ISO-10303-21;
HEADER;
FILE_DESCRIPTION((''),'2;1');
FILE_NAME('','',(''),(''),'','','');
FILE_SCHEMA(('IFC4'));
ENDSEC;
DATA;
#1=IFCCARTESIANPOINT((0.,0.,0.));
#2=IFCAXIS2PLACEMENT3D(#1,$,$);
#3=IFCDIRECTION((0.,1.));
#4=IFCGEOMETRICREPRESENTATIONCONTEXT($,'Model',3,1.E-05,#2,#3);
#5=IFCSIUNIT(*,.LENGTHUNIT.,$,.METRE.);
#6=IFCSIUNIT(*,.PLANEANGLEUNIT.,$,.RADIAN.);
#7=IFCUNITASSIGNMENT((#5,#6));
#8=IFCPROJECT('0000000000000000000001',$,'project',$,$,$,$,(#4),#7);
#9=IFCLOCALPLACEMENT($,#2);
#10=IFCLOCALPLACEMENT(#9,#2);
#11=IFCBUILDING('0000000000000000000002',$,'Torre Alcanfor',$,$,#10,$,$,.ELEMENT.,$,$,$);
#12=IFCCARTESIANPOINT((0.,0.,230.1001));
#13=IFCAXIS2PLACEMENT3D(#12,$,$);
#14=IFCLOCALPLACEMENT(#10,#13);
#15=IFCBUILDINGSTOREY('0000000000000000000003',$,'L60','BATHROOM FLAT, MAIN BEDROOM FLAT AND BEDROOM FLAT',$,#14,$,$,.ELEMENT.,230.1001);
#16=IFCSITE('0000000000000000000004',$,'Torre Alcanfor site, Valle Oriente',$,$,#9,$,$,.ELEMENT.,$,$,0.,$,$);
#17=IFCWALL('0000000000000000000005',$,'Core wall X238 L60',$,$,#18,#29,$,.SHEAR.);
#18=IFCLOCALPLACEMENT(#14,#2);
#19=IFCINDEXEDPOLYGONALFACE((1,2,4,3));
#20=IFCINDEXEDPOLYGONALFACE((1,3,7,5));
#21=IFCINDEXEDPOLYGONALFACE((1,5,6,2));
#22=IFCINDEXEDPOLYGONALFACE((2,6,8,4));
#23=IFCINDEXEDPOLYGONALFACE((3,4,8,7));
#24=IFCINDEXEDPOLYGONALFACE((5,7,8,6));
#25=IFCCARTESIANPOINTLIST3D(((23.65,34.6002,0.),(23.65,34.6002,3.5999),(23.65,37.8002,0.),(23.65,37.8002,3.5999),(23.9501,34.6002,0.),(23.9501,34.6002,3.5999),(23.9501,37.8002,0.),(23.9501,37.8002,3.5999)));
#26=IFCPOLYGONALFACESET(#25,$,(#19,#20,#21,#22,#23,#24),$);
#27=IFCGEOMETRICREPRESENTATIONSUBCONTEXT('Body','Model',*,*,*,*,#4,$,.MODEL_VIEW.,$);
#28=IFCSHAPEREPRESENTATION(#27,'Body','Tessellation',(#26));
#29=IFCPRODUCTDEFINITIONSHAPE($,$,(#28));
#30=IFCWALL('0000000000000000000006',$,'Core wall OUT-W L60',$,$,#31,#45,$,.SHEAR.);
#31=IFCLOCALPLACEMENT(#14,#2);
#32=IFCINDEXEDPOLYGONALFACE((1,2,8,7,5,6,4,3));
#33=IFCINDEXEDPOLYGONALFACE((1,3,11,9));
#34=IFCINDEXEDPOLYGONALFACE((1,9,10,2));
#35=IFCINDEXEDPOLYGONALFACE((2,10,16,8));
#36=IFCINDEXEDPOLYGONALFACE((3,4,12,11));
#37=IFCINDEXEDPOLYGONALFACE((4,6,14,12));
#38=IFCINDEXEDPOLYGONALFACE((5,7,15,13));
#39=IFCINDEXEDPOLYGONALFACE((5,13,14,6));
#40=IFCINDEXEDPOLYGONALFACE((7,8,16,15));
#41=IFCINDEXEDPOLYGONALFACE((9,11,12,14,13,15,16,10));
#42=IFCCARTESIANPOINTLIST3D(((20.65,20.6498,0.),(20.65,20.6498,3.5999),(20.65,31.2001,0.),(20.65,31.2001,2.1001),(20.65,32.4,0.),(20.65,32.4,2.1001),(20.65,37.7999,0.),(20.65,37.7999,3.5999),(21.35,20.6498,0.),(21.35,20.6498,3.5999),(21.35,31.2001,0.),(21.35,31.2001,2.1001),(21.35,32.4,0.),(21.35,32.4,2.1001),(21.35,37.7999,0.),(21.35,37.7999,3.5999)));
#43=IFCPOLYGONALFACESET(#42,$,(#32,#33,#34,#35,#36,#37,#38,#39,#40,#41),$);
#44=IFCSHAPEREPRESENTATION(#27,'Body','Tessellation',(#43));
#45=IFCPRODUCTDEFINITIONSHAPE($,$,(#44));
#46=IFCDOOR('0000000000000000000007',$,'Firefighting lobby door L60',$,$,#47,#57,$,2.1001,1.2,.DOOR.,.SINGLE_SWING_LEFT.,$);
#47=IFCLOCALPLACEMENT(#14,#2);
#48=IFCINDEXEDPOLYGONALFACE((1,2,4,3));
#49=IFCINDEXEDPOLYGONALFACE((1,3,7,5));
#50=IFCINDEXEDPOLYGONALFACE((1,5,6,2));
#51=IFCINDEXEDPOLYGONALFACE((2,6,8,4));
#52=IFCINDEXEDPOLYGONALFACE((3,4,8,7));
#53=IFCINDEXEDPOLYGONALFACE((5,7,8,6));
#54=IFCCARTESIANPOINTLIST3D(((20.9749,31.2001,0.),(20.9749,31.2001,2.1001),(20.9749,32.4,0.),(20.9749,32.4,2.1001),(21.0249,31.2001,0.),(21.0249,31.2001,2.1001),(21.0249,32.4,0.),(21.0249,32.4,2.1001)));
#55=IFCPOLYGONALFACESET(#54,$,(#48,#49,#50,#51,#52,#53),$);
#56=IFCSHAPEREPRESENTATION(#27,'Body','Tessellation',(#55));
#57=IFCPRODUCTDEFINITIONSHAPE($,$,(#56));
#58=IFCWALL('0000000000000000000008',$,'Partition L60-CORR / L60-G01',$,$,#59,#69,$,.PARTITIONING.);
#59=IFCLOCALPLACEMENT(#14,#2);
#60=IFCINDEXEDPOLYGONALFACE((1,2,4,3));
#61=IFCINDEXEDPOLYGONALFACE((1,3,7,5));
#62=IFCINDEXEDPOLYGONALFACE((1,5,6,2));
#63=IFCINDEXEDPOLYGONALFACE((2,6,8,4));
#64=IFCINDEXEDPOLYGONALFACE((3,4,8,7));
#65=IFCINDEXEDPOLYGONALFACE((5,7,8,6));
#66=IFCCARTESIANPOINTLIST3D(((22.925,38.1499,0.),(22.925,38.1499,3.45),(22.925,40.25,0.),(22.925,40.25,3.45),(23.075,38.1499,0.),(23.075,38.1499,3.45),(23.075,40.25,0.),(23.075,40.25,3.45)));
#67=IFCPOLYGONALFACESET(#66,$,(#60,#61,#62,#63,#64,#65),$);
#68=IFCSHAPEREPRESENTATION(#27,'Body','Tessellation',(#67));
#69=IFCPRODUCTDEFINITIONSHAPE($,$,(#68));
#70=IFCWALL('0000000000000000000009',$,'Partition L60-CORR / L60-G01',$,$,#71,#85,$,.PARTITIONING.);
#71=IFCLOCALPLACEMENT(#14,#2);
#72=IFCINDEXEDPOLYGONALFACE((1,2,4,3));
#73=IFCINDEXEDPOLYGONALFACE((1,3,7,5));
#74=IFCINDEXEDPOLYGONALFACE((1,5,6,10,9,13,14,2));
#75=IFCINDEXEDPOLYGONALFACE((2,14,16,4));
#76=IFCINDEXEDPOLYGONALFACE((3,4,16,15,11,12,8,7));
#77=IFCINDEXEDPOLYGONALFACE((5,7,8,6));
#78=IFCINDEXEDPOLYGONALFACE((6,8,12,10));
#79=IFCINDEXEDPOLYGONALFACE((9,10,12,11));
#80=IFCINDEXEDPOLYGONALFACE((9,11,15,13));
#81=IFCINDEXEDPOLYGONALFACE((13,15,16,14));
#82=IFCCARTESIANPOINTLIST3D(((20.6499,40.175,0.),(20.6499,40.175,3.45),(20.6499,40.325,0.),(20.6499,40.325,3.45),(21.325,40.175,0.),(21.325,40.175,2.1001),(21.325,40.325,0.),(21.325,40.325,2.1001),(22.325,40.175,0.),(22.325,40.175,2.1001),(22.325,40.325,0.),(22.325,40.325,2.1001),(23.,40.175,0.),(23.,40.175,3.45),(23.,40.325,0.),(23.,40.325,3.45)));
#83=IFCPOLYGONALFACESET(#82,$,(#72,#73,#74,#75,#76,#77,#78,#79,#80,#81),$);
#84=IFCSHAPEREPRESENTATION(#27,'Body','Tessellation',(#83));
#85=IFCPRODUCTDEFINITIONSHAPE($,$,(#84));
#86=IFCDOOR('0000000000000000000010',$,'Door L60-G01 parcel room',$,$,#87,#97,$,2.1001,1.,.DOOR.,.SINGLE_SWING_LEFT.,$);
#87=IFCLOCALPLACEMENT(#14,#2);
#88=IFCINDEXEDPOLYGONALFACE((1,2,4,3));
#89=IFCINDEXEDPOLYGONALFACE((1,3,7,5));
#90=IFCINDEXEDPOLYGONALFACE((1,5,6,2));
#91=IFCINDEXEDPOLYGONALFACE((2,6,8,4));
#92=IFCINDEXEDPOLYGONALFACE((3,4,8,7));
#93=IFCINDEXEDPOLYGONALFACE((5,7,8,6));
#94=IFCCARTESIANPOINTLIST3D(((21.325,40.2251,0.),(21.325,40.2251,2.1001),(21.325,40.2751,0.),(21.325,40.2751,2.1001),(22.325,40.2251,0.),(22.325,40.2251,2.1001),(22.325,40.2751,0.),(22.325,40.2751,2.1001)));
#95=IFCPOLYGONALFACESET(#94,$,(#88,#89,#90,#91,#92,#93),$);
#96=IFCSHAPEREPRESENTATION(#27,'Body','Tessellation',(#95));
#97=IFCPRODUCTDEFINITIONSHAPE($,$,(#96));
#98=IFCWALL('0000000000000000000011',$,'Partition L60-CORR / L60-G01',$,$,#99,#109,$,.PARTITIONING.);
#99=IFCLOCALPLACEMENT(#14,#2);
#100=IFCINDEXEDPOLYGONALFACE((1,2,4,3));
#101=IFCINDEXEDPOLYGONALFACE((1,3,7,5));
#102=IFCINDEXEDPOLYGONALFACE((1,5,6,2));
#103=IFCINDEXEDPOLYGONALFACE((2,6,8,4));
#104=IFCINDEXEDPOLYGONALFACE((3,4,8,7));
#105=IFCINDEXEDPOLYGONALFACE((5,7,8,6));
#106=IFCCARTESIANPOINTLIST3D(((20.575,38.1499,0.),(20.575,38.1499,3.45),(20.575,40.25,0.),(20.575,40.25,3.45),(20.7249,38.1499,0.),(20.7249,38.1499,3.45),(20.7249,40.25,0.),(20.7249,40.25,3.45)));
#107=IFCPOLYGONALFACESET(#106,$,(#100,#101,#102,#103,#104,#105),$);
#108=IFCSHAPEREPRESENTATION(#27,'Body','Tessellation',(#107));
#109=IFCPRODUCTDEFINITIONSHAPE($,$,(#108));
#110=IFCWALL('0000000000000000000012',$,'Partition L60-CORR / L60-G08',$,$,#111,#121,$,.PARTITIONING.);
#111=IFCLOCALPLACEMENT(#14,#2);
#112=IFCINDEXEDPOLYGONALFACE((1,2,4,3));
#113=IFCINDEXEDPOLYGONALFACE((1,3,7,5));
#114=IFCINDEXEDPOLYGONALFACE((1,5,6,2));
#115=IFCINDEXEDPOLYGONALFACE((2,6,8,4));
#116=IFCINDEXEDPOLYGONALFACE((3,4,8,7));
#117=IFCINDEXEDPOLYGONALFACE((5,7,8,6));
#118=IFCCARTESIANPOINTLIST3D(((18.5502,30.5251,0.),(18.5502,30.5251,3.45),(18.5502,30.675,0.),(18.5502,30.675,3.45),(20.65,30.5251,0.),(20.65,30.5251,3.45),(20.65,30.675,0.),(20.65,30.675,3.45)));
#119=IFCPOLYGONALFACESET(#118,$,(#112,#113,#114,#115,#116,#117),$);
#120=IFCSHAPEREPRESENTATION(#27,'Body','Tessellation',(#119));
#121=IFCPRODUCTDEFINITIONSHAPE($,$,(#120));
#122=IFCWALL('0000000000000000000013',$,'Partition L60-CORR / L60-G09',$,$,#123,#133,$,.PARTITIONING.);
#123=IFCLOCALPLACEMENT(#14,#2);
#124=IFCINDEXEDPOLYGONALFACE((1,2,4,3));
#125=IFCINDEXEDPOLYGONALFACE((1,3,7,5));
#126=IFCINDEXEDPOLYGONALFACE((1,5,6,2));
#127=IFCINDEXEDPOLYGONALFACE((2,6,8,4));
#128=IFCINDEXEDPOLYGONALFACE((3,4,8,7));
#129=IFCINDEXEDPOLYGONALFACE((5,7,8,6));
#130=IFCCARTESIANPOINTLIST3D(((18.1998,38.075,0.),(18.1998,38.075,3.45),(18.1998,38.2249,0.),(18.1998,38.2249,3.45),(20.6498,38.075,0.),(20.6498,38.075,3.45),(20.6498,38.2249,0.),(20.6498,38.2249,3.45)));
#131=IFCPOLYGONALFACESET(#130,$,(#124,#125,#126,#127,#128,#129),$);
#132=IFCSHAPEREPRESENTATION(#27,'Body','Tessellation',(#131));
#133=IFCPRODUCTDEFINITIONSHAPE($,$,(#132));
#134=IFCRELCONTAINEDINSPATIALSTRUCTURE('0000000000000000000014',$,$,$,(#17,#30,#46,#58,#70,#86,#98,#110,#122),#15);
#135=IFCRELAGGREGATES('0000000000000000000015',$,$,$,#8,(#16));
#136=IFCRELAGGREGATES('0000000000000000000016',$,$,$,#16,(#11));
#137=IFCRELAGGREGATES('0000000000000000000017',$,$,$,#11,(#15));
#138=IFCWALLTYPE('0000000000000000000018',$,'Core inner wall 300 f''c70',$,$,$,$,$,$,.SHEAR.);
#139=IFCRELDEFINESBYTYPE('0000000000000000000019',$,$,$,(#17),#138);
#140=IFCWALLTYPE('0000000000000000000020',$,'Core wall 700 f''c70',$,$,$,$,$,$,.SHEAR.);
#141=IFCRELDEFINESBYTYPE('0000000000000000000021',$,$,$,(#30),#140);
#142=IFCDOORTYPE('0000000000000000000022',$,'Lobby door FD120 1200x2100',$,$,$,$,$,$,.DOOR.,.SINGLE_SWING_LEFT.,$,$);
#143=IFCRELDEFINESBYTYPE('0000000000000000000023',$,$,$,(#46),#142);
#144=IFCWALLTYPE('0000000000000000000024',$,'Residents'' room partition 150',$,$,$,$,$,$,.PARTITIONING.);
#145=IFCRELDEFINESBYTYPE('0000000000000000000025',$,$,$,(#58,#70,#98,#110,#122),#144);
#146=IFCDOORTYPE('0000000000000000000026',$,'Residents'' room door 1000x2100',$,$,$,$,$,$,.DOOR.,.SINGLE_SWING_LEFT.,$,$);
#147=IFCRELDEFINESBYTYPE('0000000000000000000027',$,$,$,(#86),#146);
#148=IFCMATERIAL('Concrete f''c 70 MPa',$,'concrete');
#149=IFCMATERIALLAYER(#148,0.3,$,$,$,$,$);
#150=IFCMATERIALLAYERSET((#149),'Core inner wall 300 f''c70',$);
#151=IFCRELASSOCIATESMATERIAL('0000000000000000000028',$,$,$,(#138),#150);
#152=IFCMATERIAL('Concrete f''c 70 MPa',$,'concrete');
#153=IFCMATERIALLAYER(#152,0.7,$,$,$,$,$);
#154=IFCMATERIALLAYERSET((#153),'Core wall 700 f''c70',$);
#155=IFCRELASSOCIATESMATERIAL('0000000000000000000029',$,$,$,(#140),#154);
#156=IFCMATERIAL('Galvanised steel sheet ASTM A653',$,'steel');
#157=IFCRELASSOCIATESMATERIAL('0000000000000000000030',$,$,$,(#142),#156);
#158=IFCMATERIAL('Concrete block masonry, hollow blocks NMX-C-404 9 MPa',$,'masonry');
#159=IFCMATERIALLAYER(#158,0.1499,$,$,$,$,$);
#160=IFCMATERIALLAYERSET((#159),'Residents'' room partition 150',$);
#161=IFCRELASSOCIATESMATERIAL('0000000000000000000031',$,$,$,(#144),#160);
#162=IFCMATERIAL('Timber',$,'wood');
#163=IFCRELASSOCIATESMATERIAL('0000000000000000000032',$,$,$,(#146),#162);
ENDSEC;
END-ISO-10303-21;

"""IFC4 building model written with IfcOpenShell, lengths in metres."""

from ifc_helpers import new_model, si_unit, direction, frame, frame_2d, origin, place, context, subcontext, project, spatial, rectangle, extrude, material, layer, layer_set, type_object, element, fill, save


model = new_model("IFC4")

# Units and contexts
model_context = context("Model", 3, precision=1e-05, world=origin(), true_north=direction((0.0, 1.0)))
body_context = subcontext(model_context, "Body", "Model", "MODEL_VIEW")
ifc_project = project(units=[si_unit("LENGTHUNIT", "METRE"), si_unit("PLANEANGLEUNIT", "RADIAN")], contexts=[model_context])

# Site, building, storey
site_placement = place(None, origin())
site = spatial("IfcSite", under=ifc_project, at=site_placement, Name="Torre Alcanfor site, Valle Oriente", CompositionType="ELEMENT", RefElevation=0.0)
building_placement = place(site_placement, origin())
building = spatial("IfcBuilding", under=site, at=building_placement, Name="Torre Alcanfor", CompositionType="ELEMENT")
storey_placement = place(building_placement, frame((0.0, 0.0, 230.1001)))
storey = spatial("IfcBuildingStorey", under=building, at=storey_placement, Name="L60", Description="BATHROOM FLAT, MAIN BEDROOM FLAT AND BEDROOM FLAT", CompositionType="ELEMENT", Elevation=230.1001)

# Shared definitions
ifc_material_1 = material(Name="Concrete f'c 70 MPa", Category="concrete")
ifc_layer_1 = layer(ifc_material_1, 0.3)
ifc_layer_set_1 = layer_set([ifc_layer_1], Name="Core inner wall 300 f'c70")
wall_type_1 = type_object("IfcWallType", Name="Core inner wall 300 f'c70", PredefinedType="SHEAR", material=ifc_layer_set_1)

# Wall
wall_1_placement = place(storey_placement, frame((23.8, 34.6001, 0.0), z_axis=(0.0, 0.0, 1.0), x_axis=(0.0, 1.0, 0.0)))
element("IfcWall", 1, at=wall_1_placement, inside=storey, type_object=wall_type_1, Name="Core wall X238 L60", PredefinedType="SHEAR", context=body_context, shape_type="SweptSolid", body=[
    extrude(rectangle(XDim=3.2, YDim=0.3, at=frame_2d((1.6001, 0.0))), origin(), (0.0, 0.0, 1.0), 3.5999),
])

# Wall, opening, door
ifc_material_2 = material(Name="Concrete f'c 70 MPa", Category="concrete")
ifc_layer_2 = layer(ifc_material_2, 0.7)
ifc_layer_set_2 = layer_set([ifc_layer_2], Name="Core wall 700 f'c70")
wall_type_2 = type_object("IfcWallType", Name="Core wall 700 f'c70", PredefinedType="SHEAR", material=ifc_layer_set_2)
wall_2_placement = place(storey_placement, frame((21.0, 37.8, 0.0), z_axis=(0.0, 0.0, 1.0), x_axis=(0.0, -1.0, 0.0)))
wall_2 = element("IfcWall", 2, at=wall_2_placement, inside=storey, type_object=wall_type_2, Name="Core wall OUT-W L60", PredefinedType="SHEAR", context=body_context, shape_type="SweptSolid", body=[
    extrude(rectangle(XDim=17.1501, YDim=0.7, at=frame_2d((8.5752, 0.0))), origin(), (0.0, 0.0, 1.0), 3.5999),
])
opening_1_placement = place(wall_2_placement, frame((5.3999, 0.0, 0.0)))
opening_1 = element("IfcOpeningElement", 3, at=opening_1_placement, cuts=wall_2, PredefinedType="OPENING", context=body_context, shape_type="SweptSolid", body=[
    extrude(rectangle(XDim=1.2, YDim=2.1001, at=frame_2d((0.6001, 1.05))), frame((0.0, 0.3599, 0.0), z_axis=(0.0, -1.0, 0.0), x_axis=(1.0, 0.0, 0.0)), (0.0, 0.0, 1.0), 0.72),
])
ifc_material_3 = material(Name="Galvanised steel sheet ASTM A653", Category="steel")
door_type_1 = type_object("IfcDoorType", Name="Lobby door FD120 1200x2100", OperationType="SINGLE_SWING_LEFT", PredefinedType="DOOR", material=ifc_material_3)
door_1_placement = place(opening_1_placement, origin())
door_1 = element("IfcDoor", 4, at=door_1_placement, inside=storey, type_object=door_type_1, Name="Firefighting lobby door L60", OperationType="SINGLE_SWING_LEFT", OverallHeight=2.1001, OverallWidth=1.2, PredefinedType="DOOR", context=body_context, shape_type="SweptSolid", body=[
    extrude(rectangle(XDim=1.2, YDim=2.1001, at=frame_2d((0.6001, 1.05))), frame((0.0, 0.0249, 0.0), z_axis=(0.0, -1.0, 0.0), x_axis=(1.0, 0.0, 0.0)), (0.0, 0.0, 1.0), 0.05),
])
fill(opening_1, door_1)

# Wall
ifc_material_4 = material(Name="Concrete block masonry, hollow blocks NMX-C-404 9 MPa", Category="masonry")
ifc_layer_3 = layer(ifc_material_4, 0.1499)
ifc_layer_set_3 = layer_set([ifc_layer_3], Name="Residents' room partition 150")
wall_type_3 = type_object("IfcWallType", Name="Residents' room partition 150", PredefinedType="PARTITIONING", material=ifc_layer_set_3)
wall_3_placement = place(storey_placement, frame((23.0, 38.1499, 0.0), z_axis=(0.0, 0.0, 1.0), x_axis=(0.0, 1.0, 0.0)))
element("IfcWall", 5, at=wall_3_placement, inside=storey, type_object=wall_type_3, Name="Partition L60-CORR / L60-G01", PredefinedType="PARTITIONING", context=body_context, shape_type="SweptSolid", body=[
    extrude(rectangle(XDim=2.1001, YDim=0.1499, at=frame_2d((1.05, 0.0))), origin(), (0.0, 0.0, 1.0), 3.45),
])

# Wall, opening, door
wall_4_placement = place(storey_placement, frame((23.0, 40.25, 0.0), z_axis=(0.0, 0.0, 1.0), x_axis=(-1.0, 0.0, 0.0)))
wall_4 = element("IfcWall", 6, at=wall_4_placement, inside=storey, type_object=wall_type_3, Name="Partition L60-CORR / L60-G01", PredefinedType="PARTITIONING", context=body_context, shape_type="SweptSolid", body=[
    extrude(rectangle(XDim=2.3501, YDim=0.1499, at=frame_2d((1.175, 0.0))), origin(), (0.0, 0.0, 1.0), 3.45),
])
opening_2_placement = place(wall_4_placement, frame((0.675, 0.0, 0.0)))
opening_2 = element("IfcOpeningElement", 7, at=opening_2_placement, cuts=wall_4, PredefinedType="OPENING", context=body_context, shape_type="SweptSolid", body=[
    extrude(rectangle(XDim=1.0, YDim=2.1001, at=frame_2d((0.5, 1.05))), frame((0.0, 0.085, 0.0), z_axis=(0.0, -1.0, 0.0), x_axis=(1.0, 0.0, 0.0)), (0.0, 0.0, 1.0), 0.1699),
])
ifc_material_5 = material(Name="Timber", Category="wood")
door_type_2 = type_object("IfcDoorType", Name="Residents' room door 1000x2100", OperationType="SINGLE_SWING_LEFT", PredefinedType="DOOR", material=ifc_material_5)
door_2_placement = place(opening_2_placement, origin())
door_2 = element("IfcDoor", 8, at=door_2_placement, inside=storey, type_object=door_type_2, Name="Door L60-G01 parcel room", OperationType="SINGLE_SWING_LEFT", OverallHeight=2.1001, OverallWidth=1.0, PredefinedType="DOOR", context=body_context, shape_type="SweptSolid", body=[
    extrude(rectangle(XDim=1.0, YDim=2.1001, at=frame_2d((0.5, 1.05))), frame((0.0, 0.0249, 0.0), z_axis=(0.0, -1.0, 0.0), x_axis=(1.0, 0.0, 0.0)), (0.0, 0.0, 1.0), 0.05),
])
fill(opening_2, door_2)

# Walls
wall_5_placement = place(storey_placement, frame((20.6499, 40.25, 0.0), z_axis=(0.0, 0.0, 1.0), x_axis=(0.0, -1.0, 0.0)))
element("IfcWall", 9, at=wall_5_placement, inside=storey, type_object=wall_type_3, Name="Partition L60-CORR / L60-G01", PredefinedType="PARTITIONING", context=body_context, shape_type="SweptSolid", body=[
    extrude(rectangle(XDim=2.1001, YDim=0.1499, at=frame_2d((1.05, 0.0))), origin(), (0.0, 0.0, 1.0), 3.45),
])
wall_6_placement = place(storey_placement, frame((20.6499, 30.6001, 0.0), z_axis=(0.0, 0.0, 1.0), x_axis=(-1.0, 0.0, 0.0)))
element("IfcWall", 10, at=wall_6_placement, inside=storey, type_object=wall_type_3, Name="Partition L60-CORR / L60-G08", PredefinedType="PARTITIONING", context=body_context, shape_type="SweptSolid", body=[
    extrude(rectangle(XDim=2.0999, YDim=0.1499, at=frame_2d((1.0498, 0.0))), origin(), (0.0, 0.0, 1.0), 3.45),
])
wall_7_placement = place(storey_placement, frame((20.6499, 38.1499, 0.0), z_axis=(0.0, 0.0, 1.0), x_axis=(-1.0, 0.0, 0.0)))
element("IfcWall", 11, at=wall_7_placement, inside=storey, type_object=wall_type_3, Name="Partition L60-CORR / L60-G09", PredefinedType="PARTITIONING", context=body_context, shape_type="SweptSolid", body=[
    extrude(rectangle(XDim=2.45, YDim=0.1499, at=frame_2d((1.2251, 0.0))), origin(), (0.0, 0.0, 1.0), 3.45),
])

save(model, "model.ifc")
